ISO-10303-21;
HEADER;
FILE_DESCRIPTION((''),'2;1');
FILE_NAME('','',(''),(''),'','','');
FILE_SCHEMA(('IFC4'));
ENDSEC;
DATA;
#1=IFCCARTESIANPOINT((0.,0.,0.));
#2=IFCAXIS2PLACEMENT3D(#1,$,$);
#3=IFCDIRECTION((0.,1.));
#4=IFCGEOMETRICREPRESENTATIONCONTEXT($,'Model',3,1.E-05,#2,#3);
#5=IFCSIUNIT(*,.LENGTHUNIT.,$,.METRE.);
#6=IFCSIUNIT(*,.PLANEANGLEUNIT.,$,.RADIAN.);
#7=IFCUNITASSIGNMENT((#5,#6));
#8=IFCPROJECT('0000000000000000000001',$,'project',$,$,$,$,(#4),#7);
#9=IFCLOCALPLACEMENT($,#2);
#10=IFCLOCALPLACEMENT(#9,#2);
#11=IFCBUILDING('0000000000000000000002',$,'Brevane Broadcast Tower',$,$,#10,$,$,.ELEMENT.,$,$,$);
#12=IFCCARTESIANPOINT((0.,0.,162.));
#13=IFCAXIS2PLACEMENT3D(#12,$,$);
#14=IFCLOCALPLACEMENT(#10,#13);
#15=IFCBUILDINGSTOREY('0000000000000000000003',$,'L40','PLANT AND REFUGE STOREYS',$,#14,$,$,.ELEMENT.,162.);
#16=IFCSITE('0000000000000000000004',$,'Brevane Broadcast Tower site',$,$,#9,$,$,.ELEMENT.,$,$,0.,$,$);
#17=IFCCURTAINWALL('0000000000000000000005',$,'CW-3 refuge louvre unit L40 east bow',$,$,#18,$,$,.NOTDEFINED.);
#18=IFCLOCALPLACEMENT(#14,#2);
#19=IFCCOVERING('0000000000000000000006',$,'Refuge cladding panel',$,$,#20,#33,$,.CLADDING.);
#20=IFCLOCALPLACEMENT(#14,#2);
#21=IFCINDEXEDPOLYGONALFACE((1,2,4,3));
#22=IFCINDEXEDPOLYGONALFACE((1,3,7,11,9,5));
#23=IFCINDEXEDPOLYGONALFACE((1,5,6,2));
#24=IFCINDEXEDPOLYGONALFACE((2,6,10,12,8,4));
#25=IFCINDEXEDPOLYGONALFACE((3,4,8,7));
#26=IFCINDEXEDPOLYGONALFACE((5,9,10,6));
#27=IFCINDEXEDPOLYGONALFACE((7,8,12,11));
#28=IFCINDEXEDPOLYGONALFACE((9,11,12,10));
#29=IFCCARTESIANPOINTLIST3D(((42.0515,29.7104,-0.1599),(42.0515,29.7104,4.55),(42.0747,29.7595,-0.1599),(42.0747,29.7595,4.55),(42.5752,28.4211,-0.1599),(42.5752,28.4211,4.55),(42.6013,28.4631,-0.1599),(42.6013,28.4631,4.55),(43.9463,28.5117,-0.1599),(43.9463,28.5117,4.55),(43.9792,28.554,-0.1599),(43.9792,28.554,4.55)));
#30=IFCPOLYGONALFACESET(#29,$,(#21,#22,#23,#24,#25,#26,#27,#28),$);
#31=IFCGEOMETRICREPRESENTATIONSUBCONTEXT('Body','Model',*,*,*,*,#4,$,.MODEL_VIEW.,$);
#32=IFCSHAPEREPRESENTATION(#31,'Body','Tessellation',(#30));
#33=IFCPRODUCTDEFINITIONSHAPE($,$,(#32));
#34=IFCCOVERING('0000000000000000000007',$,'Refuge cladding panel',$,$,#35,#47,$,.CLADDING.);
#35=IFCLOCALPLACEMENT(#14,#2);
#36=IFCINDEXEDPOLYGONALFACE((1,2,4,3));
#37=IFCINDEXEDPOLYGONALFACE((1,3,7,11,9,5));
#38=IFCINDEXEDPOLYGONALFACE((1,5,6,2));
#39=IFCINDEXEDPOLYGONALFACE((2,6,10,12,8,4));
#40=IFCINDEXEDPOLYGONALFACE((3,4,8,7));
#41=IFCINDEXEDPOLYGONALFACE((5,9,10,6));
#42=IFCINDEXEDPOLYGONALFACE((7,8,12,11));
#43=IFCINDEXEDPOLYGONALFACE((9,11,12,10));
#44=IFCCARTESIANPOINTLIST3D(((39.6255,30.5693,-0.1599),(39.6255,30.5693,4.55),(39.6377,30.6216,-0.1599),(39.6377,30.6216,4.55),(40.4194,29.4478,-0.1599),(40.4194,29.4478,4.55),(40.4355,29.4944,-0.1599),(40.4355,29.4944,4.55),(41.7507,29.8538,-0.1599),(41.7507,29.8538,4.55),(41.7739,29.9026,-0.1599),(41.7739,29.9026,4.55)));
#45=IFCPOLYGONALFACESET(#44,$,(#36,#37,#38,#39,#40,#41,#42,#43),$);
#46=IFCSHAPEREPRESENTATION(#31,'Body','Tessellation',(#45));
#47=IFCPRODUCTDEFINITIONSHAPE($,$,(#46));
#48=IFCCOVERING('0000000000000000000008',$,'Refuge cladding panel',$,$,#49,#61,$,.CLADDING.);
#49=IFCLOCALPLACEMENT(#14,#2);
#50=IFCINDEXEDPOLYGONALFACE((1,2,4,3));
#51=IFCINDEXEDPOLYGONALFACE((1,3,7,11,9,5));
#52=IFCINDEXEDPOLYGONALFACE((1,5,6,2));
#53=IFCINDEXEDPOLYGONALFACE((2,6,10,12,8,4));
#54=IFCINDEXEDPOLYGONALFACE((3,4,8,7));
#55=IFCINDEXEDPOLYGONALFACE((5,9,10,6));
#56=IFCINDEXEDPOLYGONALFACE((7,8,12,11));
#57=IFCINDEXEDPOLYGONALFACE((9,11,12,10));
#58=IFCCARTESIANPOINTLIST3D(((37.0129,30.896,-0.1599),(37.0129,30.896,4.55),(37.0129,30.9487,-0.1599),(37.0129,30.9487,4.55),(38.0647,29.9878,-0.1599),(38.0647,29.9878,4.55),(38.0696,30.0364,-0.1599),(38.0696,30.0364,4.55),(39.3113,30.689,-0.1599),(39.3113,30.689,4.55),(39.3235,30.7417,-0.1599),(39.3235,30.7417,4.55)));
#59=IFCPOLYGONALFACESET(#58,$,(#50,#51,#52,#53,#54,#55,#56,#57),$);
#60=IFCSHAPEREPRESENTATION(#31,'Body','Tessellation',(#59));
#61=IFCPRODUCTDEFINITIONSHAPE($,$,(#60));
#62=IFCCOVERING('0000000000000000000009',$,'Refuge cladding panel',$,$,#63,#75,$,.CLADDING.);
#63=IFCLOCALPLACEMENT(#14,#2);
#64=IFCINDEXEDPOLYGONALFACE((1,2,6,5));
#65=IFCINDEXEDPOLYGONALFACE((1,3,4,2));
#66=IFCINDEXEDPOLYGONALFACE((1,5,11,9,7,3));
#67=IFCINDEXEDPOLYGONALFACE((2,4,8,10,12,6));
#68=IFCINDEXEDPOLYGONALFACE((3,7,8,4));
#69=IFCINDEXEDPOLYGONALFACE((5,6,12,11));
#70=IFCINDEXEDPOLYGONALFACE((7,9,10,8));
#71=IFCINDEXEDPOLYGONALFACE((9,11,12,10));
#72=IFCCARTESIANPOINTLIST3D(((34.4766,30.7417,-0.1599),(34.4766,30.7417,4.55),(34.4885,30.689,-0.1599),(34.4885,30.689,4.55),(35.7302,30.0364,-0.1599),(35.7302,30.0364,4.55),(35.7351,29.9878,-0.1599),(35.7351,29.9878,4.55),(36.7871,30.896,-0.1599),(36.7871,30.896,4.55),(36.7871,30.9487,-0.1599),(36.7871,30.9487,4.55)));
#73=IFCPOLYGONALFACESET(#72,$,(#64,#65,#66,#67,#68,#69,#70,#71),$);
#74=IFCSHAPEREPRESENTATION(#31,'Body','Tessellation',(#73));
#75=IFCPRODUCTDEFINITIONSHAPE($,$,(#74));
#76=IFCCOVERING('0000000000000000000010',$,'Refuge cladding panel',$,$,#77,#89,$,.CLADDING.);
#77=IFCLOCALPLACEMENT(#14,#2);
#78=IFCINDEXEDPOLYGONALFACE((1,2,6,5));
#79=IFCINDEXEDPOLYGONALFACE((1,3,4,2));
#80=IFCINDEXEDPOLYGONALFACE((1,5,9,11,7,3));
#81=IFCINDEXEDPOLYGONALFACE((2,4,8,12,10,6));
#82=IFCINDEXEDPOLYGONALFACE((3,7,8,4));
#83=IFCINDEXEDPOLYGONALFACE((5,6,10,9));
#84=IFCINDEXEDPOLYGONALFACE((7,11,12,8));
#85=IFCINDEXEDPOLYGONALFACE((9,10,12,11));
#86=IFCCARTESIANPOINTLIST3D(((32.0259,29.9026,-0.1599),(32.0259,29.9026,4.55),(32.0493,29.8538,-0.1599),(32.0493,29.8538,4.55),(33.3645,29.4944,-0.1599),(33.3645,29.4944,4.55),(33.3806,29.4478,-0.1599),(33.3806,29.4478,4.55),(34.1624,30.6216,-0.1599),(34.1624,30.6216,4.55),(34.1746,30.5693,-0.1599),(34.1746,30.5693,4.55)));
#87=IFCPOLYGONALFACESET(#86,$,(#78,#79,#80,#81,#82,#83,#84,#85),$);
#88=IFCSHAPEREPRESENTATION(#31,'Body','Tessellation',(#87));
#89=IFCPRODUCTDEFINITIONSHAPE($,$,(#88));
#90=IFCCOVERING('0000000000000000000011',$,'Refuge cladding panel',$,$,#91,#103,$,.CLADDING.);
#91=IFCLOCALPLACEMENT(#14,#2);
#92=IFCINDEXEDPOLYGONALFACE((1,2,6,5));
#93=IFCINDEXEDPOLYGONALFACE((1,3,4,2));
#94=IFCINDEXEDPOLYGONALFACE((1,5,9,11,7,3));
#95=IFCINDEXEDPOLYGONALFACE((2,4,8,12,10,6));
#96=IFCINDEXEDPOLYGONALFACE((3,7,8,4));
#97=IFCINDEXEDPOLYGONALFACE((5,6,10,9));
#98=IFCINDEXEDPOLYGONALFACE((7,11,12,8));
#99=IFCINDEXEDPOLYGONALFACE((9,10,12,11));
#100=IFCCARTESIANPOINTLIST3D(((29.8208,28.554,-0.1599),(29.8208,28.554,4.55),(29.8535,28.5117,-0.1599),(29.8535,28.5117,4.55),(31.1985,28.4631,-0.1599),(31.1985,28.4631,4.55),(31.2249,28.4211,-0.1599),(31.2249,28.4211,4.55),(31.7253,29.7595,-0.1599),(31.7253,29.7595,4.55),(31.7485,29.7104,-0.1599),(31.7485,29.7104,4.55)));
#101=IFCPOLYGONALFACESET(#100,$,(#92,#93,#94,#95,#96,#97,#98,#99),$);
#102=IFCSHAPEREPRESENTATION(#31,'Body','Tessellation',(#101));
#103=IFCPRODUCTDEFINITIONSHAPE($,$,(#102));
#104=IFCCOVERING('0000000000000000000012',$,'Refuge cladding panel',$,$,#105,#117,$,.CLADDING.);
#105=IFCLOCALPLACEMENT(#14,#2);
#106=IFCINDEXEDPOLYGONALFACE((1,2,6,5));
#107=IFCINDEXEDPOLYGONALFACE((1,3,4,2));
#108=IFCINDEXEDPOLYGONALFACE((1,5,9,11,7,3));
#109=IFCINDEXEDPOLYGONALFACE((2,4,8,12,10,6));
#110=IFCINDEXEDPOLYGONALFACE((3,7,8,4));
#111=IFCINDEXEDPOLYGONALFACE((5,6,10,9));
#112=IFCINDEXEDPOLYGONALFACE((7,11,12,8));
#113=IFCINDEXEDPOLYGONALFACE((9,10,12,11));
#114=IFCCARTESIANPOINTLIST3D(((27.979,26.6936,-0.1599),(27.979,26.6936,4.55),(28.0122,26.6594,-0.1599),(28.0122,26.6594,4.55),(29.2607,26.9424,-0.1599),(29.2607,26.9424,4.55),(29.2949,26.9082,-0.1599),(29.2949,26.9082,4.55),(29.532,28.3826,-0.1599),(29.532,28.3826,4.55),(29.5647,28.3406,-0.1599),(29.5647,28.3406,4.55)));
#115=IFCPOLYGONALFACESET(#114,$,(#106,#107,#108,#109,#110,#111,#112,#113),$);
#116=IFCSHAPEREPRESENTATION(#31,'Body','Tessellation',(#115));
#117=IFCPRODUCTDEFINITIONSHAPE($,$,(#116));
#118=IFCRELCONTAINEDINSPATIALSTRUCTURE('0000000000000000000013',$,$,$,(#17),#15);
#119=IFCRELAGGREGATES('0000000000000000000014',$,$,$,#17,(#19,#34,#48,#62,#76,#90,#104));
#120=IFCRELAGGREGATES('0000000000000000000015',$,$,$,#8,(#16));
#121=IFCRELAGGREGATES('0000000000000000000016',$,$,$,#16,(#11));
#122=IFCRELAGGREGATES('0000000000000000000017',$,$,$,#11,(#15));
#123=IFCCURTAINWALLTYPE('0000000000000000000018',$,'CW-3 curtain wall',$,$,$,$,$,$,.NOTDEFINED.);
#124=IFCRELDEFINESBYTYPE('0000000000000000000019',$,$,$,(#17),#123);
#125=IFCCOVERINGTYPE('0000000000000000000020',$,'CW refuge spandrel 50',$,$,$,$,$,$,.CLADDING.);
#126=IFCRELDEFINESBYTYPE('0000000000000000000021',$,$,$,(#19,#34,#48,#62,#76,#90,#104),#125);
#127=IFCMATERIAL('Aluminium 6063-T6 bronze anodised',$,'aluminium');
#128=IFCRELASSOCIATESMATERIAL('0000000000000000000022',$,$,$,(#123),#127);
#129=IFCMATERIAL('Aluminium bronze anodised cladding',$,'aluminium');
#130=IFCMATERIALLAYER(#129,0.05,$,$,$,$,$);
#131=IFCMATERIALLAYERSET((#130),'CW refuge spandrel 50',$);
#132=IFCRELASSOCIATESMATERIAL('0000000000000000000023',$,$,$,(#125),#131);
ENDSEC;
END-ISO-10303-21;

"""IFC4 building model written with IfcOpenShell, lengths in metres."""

from ifc_helpers import new_model, si_unit, direction, frame, origin, place, context, subcontext, project, spatial, polyline, outline, extrude, material, layer, layer_set, type_object, element, aggregate, save


model = new_model("IFC4")

# Units and contexts
model_context = context("Model", 3, precision=1e-05, world=origin(), true_north=direction((0.0, 1.0)))
body_context = subcontext(model_context, "Body", "Model", "MODEL_VIEW")
ifc_project = project(units=[si_unit("LENGTHUNIT", "METRE"), si_unit("PLANEANGLEUNIT", "RADIAN")], contexts=[model_context])

# Site, building, storey
site_placement = place(None, origin())
site = spatial("IfcSite", under=ifc_project, at=site_placement, Name="Brevane Broadcast Tower site", CompositionType="ELEMENT", RefElevation=0.0)
building_placement = place(site_placement, origin())
building = spatial("IfcBuilding", under=site, at=building_placement, Name="Brevane Broadcast Tower", CompositionType="ELEMENT")
storey_placement = place(building_placement, frame((0.0, 0.0, 162.0)))
storey = spatial("IfcBuildingStorey", under=building, at=storey_placement, Name="L40", Description="PLANT AND REFUGE STOREYS", CompositionType="ELEMENT", Elevation=162.0)

# Curtain wall, coverings
ifc_material_1 = material(Name="Aluminium 6063-T6 bronze anodised", Category="aluminium")
curtain_wall_type = type_object("IfcCurtainWallType", Name="CW-3 curtain wall", PredefinedType="NOTDEFINED", material=ifc_material_1)
ifc_material_2 = material(Name="Aluminium bronze anodised cladding", Category="aluminium")
ifc_layer = layer(ifc_material_2, 0.05)
ifc_layer_set = layer_set([ifc_layer], Name="CW refuge spandrel 50")
covering_type = type_object("IfcCoveringType", Name="CW refuge spandrel 50", PredefinedType="CLADDING", material=ifc_layer_set)
curtain_wall_1_placement = place(storey_placement, origin())
curtain_wall_1 = element("IfcCurtainWall", 1, at=curtain_wall_1_placement, inside=storey, type_object=curtain_wall_type, Name="CW-3 refuge louvre unit L40 east bow", PredefinedType="NOTDEFINED")
covering_1_placement = place(storey_placement, frame((0.0, 0.0, -0.1599)))
covering_1 = element("IfcCovering", 2, at=covering_1_placement, type_object=covering_type, Name="Refuge cladding panel", PredefinedType="CLADDING", context=body_context, shape_type="SweptSolid", body=[
    extrude(outline(polyline([(43.9463, 28.5117), (43.9792, 28.554), (42.6013, 28.4631), (42.0747, 29.7595), (42.0515, 29.7104), (42.5752, 28.4211), (43.9463, 28.5117)])), origin(), (0.0, 0.0, 1.0), 4.71),
])
covering_2_placement = place(storey_placement, frame((0.0, 0.0, -0.1599)))
covering_2 = element("IfcCovering", 3, at=covering_2_placement, type_object=covering_type, Name="Refuge cladding panel", PredefinedType="CLADDING", context=body_context, shape_type="SweptSolid", body=[
    extrude(outline(polyline([(41.7507, 29.8538), (41.7739, 29.9026), (40.4355, 29.4944), (39.6377, 30.6216), (39.6255, 30.5693), (40.4194, 29.4478), (41.7507, 29.8538)])), origin(), (0.0, 0.0, 1.0), 4.71),
])
covering_3_placement = place(storey_placement, frame((0.0, 0.0, -0.1599)))
covering_3 = element("IfcCovering", 4, at=covering_3_placement, type_object=covering_type, Name="Refuge cladding panel", PredefinedType="CLADDING", context=body_context, shape_type="SweptSolid", body=[
    extrude(outline(polyline([(39.3113, 30.689), (39.3235, 30.7417), (38.0696, 30.0364), (37.0129, 30.9487), (37.0129, 30.896), (38.0647, 29.9878), (39.3113, 30.689)])), origin(), (0.0, 0.0, 1.0), 4.71),
])
covering_4_placement = place(storey_placement, frame((0.0, 0.0, -0.1599)))
covering_4 = element("IfcCovering", 5, at=covering_4_placement, type_object=covering_type, Name="Refuge cladding panel", PredefinedType="CLADDING", context=body_context, shape_type="SweptSolid", body=[
    extrude(outline(polyline([(36.7871, 30.896), (36.7871, 30.9487), (35.7302, 30.0364), (34.4766, 30.7417), (34.4885, 30.689), (35.7351, 29.9878), (36.7871, 30.896)])), origin(), (0.0, 0.0, 1.0), 4.71),
])
covering_5_placement = place(storey_placement, frame((0.0, 0.0, -0.1599)))
covering_5 = element("IfcCovering", 6, at=covering_5_placement, type_object=covering_type, Name="Refuge cladding panel", PredefinedType="CLADDING", context=body_context, shape_type="SweptSolid", body=[
    extrude(outline(polyline([(34.1746, 30.5693), (34.1624, 30.6216), (33.3645, 29.4944), (32.0259, 29.9026), (32.0493, 29.8538), (33.3806, 29.4478), (34.1746, 30.5693)])), origin(), (0.0, 0.0, 1.0), 4.71),
])
covering_6_placement = place(storey_placement, frame((0.0, 0.0, -0.1599)))
covering_6 = element("IfcCovering", 7, at=covering_6_placement, type_object=covering_type, Name="Refuge cladding panel", PredefinedType="CLADDING", context=body_context, shape_type="SweptSolid", body=[
    extrude(outline(polyline([(31.7485, 29.7104), (31.7253, 29.7595), (31.1985, 28.4631), (29.8208, 28.554), (29.8535, 28.5117), (31.2249, 28.4211), (31.7485, 29.7104)])), origin(), (0.0, 0.0, 1.0), 4.71),
])
covering_7_placement = place(storey_placement, frame((0.0, 0.0, -0.1599)))
covering_7 = element("IfcCovering", 8, at=covering_7_placement, type_object=covering_type, Name="Refuge cladding panel", PredefinedType="CLADDING", context=body_context, shape_type="SweptSolid", body=[
    extrude(outline(polyline([(29.5647, 28.3406), (29.532, 28.3826), (29.2607, 26.9424), (27.979, 26.6936), (28.0122, 26.6594), (29.2949, 26.9082), (29.5647, 28.3406)])), origin(), (0.0, 0.0, 1.0), 4.71),
])
aggregate(curtain_wall_1, [covering_1, covering_2, covering_3, covering_4, covering_5, covering_6, covering_7])

save(model, "model.ifc")
